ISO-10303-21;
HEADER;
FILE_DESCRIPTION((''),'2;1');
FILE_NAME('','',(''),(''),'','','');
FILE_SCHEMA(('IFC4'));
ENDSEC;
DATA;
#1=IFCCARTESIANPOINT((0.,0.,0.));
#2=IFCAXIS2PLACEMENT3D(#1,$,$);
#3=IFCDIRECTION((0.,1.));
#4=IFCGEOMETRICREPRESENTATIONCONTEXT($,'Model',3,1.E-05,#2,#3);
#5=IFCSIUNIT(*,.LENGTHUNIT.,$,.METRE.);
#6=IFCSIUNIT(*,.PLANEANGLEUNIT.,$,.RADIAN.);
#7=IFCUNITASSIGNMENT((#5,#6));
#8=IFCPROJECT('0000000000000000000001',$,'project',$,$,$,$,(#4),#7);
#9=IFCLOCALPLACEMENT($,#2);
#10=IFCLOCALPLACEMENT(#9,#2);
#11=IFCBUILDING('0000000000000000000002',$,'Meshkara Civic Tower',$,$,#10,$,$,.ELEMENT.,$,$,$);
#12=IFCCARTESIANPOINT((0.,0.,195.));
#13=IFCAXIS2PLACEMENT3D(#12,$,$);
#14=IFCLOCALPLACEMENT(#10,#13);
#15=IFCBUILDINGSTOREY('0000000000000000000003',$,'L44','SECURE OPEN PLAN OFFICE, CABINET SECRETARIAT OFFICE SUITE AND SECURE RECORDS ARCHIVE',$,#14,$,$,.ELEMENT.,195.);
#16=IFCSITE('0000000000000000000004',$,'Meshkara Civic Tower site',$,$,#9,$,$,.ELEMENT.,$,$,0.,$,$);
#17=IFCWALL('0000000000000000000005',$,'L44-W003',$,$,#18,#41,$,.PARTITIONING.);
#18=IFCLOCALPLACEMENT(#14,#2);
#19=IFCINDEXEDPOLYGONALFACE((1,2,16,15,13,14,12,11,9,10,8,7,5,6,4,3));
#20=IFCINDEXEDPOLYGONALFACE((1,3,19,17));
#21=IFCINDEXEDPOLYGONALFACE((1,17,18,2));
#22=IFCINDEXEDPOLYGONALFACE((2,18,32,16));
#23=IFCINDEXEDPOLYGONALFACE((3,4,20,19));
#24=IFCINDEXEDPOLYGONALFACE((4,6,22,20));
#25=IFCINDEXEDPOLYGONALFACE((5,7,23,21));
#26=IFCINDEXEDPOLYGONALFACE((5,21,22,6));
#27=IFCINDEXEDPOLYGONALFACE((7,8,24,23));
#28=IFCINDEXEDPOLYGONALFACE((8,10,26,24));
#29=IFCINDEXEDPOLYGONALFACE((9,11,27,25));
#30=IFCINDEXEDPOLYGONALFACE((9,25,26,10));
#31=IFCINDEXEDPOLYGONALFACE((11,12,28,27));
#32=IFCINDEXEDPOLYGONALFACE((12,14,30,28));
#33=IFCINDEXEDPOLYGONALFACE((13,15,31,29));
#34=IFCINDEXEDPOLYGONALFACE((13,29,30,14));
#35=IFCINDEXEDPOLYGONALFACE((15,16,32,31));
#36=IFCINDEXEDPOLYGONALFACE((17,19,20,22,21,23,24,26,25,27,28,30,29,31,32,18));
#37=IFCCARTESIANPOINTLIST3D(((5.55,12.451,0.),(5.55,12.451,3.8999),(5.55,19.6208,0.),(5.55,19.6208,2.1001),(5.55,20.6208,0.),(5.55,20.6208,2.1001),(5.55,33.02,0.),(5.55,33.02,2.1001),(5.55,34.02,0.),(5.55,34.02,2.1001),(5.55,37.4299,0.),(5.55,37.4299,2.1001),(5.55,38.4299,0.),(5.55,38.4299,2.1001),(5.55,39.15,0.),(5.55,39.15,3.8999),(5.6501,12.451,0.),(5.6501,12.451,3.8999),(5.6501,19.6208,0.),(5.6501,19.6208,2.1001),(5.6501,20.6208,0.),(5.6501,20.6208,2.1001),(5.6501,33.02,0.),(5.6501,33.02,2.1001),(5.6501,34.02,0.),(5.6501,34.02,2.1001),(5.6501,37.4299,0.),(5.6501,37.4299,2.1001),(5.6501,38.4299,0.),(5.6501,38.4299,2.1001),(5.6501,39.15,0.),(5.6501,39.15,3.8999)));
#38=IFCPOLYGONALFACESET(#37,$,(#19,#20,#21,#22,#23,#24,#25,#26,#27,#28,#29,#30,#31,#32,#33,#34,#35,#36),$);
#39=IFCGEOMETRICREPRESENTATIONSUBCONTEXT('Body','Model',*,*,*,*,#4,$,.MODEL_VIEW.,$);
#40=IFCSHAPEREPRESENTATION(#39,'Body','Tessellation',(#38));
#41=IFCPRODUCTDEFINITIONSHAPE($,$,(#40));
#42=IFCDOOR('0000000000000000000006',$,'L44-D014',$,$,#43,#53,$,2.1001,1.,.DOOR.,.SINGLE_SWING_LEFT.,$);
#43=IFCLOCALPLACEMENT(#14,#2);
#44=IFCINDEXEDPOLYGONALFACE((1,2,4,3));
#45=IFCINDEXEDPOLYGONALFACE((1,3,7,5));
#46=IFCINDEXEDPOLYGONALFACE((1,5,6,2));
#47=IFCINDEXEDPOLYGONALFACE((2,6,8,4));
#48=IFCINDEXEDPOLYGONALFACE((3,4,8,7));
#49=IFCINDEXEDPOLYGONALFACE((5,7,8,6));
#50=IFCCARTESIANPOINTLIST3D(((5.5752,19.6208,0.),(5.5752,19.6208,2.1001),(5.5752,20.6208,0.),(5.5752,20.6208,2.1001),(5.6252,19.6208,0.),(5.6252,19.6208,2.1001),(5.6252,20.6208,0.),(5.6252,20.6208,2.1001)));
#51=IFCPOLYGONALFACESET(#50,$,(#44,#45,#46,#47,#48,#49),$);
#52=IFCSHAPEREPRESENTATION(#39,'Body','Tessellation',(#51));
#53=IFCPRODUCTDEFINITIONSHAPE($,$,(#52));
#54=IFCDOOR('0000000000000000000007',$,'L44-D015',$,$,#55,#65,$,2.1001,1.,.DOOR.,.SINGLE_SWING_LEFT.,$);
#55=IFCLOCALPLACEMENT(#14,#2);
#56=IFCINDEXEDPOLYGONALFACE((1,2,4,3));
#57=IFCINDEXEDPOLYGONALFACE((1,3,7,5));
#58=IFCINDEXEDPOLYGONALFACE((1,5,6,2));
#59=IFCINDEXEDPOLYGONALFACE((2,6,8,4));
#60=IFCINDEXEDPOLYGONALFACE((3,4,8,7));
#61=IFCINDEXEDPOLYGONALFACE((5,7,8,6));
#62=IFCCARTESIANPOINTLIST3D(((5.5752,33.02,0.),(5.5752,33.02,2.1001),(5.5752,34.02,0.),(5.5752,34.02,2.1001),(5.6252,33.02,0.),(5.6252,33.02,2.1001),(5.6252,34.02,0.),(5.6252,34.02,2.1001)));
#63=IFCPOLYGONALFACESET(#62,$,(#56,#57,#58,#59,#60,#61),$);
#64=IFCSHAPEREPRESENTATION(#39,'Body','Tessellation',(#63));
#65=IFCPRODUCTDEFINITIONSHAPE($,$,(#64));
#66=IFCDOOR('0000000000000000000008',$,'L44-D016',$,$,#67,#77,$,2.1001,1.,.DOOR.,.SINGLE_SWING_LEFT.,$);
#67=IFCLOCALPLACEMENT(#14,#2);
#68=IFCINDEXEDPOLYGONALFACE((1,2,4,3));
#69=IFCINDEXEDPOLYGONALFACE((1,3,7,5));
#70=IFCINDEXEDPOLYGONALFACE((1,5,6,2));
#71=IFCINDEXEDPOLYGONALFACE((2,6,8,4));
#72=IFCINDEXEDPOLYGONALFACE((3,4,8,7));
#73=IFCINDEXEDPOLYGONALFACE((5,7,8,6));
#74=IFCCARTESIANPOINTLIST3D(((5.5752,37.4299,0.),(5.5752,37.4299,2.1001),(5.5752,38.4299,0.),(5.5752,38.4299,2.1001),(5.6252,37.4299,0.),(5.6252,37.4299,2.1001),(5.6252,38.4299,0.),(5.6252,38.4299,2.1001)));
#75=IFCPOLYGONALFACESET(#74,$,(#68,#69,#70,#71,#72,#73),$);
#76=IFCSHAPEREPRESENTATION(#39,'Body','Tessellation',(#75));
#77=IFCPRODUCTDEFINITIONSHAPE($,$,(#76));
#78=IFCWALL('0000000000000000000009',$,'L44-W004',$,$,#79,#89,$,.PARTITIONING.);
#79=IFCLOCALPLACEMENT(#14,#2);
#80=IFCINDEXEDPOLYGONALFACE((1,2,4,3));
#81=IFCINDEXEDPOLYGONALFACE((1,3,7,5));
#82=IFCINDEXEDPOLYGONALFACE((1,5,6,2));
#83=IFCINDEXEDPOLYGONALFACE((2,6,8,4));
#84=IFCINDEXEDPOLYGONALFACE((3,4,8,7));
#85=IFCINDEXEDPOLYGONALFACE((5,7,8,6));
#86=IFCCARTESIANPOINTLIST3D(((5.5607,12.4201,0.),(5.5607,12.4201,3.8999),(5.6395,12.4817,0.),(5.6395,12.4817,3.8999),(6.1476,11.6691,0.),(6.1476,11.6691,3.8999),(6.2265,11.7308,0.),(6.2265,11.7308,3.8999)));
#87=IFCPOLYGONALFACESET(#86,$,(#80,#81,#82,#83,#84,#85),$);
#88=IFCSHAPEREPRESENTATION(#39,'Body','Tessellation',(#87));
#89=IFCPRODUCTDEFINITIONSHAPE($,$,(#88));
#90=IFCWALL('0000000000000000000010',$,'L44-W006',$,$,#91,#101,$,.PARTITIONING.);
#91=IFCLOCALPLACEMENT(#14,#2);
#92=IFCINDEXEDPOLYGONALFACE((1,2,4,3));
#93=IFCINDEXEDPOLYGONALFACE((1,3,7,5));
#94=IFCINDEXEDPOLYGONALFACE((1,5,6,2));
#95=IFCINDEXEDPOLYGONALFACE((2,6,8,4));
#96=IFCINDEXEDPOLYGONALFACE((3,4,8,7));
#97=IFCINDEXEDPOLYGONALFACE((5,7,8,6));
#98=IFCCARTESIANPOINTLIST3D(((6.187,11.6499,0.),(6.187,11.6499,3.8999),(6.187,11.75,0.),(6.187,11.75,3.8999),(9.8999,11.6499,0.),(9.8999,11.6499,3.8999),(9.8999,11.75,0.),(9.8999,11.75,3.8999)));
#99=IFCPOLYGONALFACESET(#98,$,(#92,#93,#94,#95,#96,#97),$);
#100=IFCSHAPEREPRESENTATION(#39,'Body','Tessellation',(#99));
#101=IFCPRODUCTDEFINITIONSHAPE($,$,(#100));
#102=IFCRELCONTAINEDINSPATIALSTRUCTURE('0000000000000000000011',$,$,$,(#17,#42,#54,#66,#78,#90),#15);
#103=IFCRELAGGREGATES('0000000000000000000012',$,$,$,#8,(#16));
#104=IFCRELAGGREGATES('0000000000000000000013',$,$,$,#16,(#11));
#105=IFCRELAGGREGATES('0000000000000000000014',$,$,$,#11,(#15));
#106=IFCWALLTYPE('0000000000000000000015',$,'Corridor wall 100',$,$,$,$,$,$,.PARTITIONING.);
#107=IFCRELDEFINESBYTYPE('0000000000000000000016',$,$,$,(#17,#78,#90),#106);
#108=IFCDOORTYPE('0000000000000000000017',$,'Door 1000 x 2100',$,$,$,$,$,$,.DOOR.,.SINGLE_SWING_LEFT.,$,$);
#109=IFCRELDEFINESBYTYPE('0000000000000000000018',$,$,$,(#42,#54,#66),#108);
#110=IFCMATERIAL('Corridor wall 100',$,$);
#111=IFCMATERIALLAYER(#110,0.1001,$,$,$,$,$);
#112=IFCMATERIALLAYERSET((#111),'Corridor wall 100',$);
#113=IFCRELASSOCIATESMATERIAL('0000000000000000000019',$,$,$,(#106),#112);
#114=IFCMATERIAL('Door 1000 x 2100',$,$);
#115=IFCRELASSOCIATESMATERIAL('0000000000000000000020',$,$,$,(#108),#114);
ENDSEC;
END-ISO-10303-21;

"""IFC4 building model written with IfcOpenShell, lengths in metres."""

from ifc_helpers import new_model, si_unit, direction, frame, frame_2d, origin, place, context, subcontext, project, spatial, rectangle, extrude, material, layer, layer_set, type_object, element, fill, save


model = new_model("IFC4")

# Units and contexts
model_context = context("Model", 3, precision=1e-05, world=origin(), true_north=direction((0.0, 1.0)))
body_context = subcontext(model_context, "Body", "Model", "MODEL_VIEW")
ifc_project = project(units=[si_unit("LENGTHUNIT", "METRE"), si_unit("PLANEANGLEUNIT", "RADIAN")], contexts=[model_context])

# Site, building, storey
site_placement = place(None, origin())
site = spatial("IfcSite", under=ifc_project, at=site_placement, Name="Meshkara Civic Tower site", CompositionType="ELEMENT", RefElevation=0.0)
building_placement = place(site_placement, origin())
building = spatial("IfcBuilding", under=site, at=building_placement, Name="Meshkara Civic Tower", CompositionType="ELEMENT")
storey_placement = place(building_placement, frame((0.0, 0.0, 195.0)))
storey = spatial("IfcBuildingStorey", under=building, at=storey_placement, Name="L44", Description="SECURE OPEN PLAN OFFICE, CABINET SECRETARIAT OFFICE SUITE AND SECURE RECORDS ARCHIVE", CompositionType="ELEMENT", Elevation=195.0)

# Wall, openings, doors
ifc_material_1 = material(Name="Corridor wall 100")
ifc_layer_1 = layer(ifc_material_1, 0.1001)
ifc_layer_set_1 = layer_set([ifc_layer_1], Name="Corridor wall 100")
wall_type_1 = type_object("IfcWallType", Name="Corridor wall 100", PredefinedType="PARTITIONING", material=ifc_layer_set_1)
wall_1_placement = place(storey_placement, frame((5.6001, 12.4509, 0.0), z_axis=(0.0, 0.0, 1.0), x_axis=(0.0, 1.0, 0.0)))
wall_1 = element("IfcWall", 1, at=wall_1_placement, inside=storey, type_object=wall_type_1, Name="L44-W003", PredefinedType="PARTITIONING", context=body_context, shape_type="SweptSolid", body=[
    extrude(rectangle(XDim=26.699, YDim=0.1001, at=frame_2d((13.3496, 0.0))), origin(), (0.0, 0.0, 1.0), 3.8999),
])
opening_1_placement = place(wall_1_placement, frame((7.1699, 0.0, 0.0)))
opening_1 = element("IfcOpeningElement", 2, at=opening_1_placement, cuts=wall_1, PredefinedType="OPENING", context=body_context, shape_type="SweptSolid", body=[
    extrude(rectangle(XDim=1.0, YDim=2.1001, at=frame_2d((0.5, 1.05))), frame((0.0, 0.0601, 0.0), z_axis=(0.0, -1.0, 0.0), x_axis=(1.0, 0.0, 0.0)), (0.0, 0.0, 1.0), 0.1201),
])
opening_2_placement = place(wall_1_placement, frame((20.5691, 0.0, 0.0)))
opening_2 = element("IfcOpeningElement", 3, at=opening_2_placement, cuts=wall_1, PredefinedType="OPENING", context=body_context, shape_type="SweptSolid", body=[
    extrude(rectangle(XDim=1.0, YDim=2.1001, at=frame_2d((0.5, 1.05))), frame((0.0, 0.0601, 0.0), z_axis=(0.0, -1.0, 0.0), x_axis=(1.0, 0.0, 0.0)), (0.0, 0.0, 1.0), 0.1201),
])
opening_3_placement = place(wall_1_placement, frame((24.979, 0.0, 0.0)))
opening_3 = element("IfcOpeningElement", 4, at=opening_3_placement, cuts=wall_1, PredefinedType="OPENING", context=body_context, shape_type="SweptSolid", body=[
    extrude(rectangle(XDim=1.0, YDim=2.1001, at=frame_2d((0.5, 1.05))), frame((0.0, 0.0601, 0.0), z_axis=(0.0, -1.0, 0.0), x_axis=(1.0, 0.0, 0.0)), (0.0, 0.0, 1.0), 0.1201),
])
ifc_material_2 = material(Name="Door 1000 x 2100")
door_type_1 = type_object("IfcDoorType", Name="Door 1000 x 2100", OperationType="SINGLE_SWING_LEFT", PredefinedType="DOOR", material=ifc_material_2)
door_1_placement = place(opening_1_placement, origin())
door_1 = element("IfcDoor", 5, at=door_1_placement, inside=storey, type_object=door_type_1, Name="L44-D014", OperationType="SINGLE_SWING_LEFT", OverallHeight=2.1001, OverallWidth=1.0, PredefinedType="DOOR", context=body_context, shape_type="SweptSolid", body=[
    extrude(rectangle(XDim=1.0, YDim=2.1001, at=frame_2d((0.5, 1.05))), frame((0.0, 0.0249, 0.0), z_axis=(0.0, -1.0, 0.0), x_axis=(1.0, 0.0, 0.0)), (0.0, 0.0, 1.0), 0.05),
])
fill(opening_1, door_1)
door_2_placement = place(opening_2_placement, origin())
door_2 = element("IfcDoor", 6, at=door_2_placement, inside=storey, type_object=door_type_1, Name="L44-D015", OperationType="SINGLE_SWING_LEFT", OverallHeight=2.1001, OverallWidth=1.0, PredefinedType="DOOR", context=body_context, shape_type="SweptSolid", body=[
    extrude(rectangle(XDim=1.0, YDim=2.1001, at=frame_2d((0.5, 1.05))), frame((0.0, 0.0249, 0.0), z_axis=(0.0, -1.0, 0.0), x_axis=(1.0, 0.0, 0.0)), (0.0, 0.0, 1.0), 0.05),
])
fill(opening_2, door_2)
door_3_placement = place(opening_3_placement, origin())
door_3 = element("IfcDoor", 7, at=door_3_placement, inside=storey, type_object=door_type_1, Name="L44-D016", OperationType="SINGLE_SWING_LEFT", OverallHeight=2.1001, OverallWidth=1.0, PredefinedType="DOOR", context=body_context, shape_type="SweptSolid", body=[
    extrude(rectangle(XDim=1.0, YDim=2.1001, at=frame_2d((0.5, 1.05))), frame((0.0, 0.0249, 0.0), z_axis=(0.0, -1.0, 0.0), x_axis=(1.0, 0.0, 0.0)), (0.0, 0.0, 1.0), 0.05),
])
fill(opening_3, door_3)

# Walls
wall_2_placement = place(storey_placement, frame((5.6001, 12.4509, 0.0), z_axis=(0.0, 0.0, 1.0), x_axis=(0.615783, -0.787916, 0.0)))
element("IfcWall", 8, at=wall_2_placement, inside=storey, type_object=wall_type_1, Name="L44-W004", PredefinedType="PARTITIONING", context=body_context, shape_type="SweptSolid", body=[
    extrude(rectangle(XDim=0.9531, YDim=0.1001, at=frame_2d((0.4766, 0.0))), origin(), (0.0, 0.0, 1.0), 3.8999),
])
wall_3_placement = place(storey_placement, frame((6.187, 11.7, 0.0), z_axis=(0.0, 0.0, 1.0), x_axis=(1.0, 0.0, 0.0)))
element("IfcWall", 9, at=wall_3_placement, inside=storey, type_object=wall_type_1, Name="L44-W006", PredefinedType="PARTITIONING", context=body_context, shape_type="SweptSolid", body=[
    extrude(rectangle(XDim=3.7129, YDim=0.1001, at=frame_2d((1.8564, 0.0))), origin(), (0.0, 0.0, 1.0), 3.8999),
])

save(model, "model.ifc")
